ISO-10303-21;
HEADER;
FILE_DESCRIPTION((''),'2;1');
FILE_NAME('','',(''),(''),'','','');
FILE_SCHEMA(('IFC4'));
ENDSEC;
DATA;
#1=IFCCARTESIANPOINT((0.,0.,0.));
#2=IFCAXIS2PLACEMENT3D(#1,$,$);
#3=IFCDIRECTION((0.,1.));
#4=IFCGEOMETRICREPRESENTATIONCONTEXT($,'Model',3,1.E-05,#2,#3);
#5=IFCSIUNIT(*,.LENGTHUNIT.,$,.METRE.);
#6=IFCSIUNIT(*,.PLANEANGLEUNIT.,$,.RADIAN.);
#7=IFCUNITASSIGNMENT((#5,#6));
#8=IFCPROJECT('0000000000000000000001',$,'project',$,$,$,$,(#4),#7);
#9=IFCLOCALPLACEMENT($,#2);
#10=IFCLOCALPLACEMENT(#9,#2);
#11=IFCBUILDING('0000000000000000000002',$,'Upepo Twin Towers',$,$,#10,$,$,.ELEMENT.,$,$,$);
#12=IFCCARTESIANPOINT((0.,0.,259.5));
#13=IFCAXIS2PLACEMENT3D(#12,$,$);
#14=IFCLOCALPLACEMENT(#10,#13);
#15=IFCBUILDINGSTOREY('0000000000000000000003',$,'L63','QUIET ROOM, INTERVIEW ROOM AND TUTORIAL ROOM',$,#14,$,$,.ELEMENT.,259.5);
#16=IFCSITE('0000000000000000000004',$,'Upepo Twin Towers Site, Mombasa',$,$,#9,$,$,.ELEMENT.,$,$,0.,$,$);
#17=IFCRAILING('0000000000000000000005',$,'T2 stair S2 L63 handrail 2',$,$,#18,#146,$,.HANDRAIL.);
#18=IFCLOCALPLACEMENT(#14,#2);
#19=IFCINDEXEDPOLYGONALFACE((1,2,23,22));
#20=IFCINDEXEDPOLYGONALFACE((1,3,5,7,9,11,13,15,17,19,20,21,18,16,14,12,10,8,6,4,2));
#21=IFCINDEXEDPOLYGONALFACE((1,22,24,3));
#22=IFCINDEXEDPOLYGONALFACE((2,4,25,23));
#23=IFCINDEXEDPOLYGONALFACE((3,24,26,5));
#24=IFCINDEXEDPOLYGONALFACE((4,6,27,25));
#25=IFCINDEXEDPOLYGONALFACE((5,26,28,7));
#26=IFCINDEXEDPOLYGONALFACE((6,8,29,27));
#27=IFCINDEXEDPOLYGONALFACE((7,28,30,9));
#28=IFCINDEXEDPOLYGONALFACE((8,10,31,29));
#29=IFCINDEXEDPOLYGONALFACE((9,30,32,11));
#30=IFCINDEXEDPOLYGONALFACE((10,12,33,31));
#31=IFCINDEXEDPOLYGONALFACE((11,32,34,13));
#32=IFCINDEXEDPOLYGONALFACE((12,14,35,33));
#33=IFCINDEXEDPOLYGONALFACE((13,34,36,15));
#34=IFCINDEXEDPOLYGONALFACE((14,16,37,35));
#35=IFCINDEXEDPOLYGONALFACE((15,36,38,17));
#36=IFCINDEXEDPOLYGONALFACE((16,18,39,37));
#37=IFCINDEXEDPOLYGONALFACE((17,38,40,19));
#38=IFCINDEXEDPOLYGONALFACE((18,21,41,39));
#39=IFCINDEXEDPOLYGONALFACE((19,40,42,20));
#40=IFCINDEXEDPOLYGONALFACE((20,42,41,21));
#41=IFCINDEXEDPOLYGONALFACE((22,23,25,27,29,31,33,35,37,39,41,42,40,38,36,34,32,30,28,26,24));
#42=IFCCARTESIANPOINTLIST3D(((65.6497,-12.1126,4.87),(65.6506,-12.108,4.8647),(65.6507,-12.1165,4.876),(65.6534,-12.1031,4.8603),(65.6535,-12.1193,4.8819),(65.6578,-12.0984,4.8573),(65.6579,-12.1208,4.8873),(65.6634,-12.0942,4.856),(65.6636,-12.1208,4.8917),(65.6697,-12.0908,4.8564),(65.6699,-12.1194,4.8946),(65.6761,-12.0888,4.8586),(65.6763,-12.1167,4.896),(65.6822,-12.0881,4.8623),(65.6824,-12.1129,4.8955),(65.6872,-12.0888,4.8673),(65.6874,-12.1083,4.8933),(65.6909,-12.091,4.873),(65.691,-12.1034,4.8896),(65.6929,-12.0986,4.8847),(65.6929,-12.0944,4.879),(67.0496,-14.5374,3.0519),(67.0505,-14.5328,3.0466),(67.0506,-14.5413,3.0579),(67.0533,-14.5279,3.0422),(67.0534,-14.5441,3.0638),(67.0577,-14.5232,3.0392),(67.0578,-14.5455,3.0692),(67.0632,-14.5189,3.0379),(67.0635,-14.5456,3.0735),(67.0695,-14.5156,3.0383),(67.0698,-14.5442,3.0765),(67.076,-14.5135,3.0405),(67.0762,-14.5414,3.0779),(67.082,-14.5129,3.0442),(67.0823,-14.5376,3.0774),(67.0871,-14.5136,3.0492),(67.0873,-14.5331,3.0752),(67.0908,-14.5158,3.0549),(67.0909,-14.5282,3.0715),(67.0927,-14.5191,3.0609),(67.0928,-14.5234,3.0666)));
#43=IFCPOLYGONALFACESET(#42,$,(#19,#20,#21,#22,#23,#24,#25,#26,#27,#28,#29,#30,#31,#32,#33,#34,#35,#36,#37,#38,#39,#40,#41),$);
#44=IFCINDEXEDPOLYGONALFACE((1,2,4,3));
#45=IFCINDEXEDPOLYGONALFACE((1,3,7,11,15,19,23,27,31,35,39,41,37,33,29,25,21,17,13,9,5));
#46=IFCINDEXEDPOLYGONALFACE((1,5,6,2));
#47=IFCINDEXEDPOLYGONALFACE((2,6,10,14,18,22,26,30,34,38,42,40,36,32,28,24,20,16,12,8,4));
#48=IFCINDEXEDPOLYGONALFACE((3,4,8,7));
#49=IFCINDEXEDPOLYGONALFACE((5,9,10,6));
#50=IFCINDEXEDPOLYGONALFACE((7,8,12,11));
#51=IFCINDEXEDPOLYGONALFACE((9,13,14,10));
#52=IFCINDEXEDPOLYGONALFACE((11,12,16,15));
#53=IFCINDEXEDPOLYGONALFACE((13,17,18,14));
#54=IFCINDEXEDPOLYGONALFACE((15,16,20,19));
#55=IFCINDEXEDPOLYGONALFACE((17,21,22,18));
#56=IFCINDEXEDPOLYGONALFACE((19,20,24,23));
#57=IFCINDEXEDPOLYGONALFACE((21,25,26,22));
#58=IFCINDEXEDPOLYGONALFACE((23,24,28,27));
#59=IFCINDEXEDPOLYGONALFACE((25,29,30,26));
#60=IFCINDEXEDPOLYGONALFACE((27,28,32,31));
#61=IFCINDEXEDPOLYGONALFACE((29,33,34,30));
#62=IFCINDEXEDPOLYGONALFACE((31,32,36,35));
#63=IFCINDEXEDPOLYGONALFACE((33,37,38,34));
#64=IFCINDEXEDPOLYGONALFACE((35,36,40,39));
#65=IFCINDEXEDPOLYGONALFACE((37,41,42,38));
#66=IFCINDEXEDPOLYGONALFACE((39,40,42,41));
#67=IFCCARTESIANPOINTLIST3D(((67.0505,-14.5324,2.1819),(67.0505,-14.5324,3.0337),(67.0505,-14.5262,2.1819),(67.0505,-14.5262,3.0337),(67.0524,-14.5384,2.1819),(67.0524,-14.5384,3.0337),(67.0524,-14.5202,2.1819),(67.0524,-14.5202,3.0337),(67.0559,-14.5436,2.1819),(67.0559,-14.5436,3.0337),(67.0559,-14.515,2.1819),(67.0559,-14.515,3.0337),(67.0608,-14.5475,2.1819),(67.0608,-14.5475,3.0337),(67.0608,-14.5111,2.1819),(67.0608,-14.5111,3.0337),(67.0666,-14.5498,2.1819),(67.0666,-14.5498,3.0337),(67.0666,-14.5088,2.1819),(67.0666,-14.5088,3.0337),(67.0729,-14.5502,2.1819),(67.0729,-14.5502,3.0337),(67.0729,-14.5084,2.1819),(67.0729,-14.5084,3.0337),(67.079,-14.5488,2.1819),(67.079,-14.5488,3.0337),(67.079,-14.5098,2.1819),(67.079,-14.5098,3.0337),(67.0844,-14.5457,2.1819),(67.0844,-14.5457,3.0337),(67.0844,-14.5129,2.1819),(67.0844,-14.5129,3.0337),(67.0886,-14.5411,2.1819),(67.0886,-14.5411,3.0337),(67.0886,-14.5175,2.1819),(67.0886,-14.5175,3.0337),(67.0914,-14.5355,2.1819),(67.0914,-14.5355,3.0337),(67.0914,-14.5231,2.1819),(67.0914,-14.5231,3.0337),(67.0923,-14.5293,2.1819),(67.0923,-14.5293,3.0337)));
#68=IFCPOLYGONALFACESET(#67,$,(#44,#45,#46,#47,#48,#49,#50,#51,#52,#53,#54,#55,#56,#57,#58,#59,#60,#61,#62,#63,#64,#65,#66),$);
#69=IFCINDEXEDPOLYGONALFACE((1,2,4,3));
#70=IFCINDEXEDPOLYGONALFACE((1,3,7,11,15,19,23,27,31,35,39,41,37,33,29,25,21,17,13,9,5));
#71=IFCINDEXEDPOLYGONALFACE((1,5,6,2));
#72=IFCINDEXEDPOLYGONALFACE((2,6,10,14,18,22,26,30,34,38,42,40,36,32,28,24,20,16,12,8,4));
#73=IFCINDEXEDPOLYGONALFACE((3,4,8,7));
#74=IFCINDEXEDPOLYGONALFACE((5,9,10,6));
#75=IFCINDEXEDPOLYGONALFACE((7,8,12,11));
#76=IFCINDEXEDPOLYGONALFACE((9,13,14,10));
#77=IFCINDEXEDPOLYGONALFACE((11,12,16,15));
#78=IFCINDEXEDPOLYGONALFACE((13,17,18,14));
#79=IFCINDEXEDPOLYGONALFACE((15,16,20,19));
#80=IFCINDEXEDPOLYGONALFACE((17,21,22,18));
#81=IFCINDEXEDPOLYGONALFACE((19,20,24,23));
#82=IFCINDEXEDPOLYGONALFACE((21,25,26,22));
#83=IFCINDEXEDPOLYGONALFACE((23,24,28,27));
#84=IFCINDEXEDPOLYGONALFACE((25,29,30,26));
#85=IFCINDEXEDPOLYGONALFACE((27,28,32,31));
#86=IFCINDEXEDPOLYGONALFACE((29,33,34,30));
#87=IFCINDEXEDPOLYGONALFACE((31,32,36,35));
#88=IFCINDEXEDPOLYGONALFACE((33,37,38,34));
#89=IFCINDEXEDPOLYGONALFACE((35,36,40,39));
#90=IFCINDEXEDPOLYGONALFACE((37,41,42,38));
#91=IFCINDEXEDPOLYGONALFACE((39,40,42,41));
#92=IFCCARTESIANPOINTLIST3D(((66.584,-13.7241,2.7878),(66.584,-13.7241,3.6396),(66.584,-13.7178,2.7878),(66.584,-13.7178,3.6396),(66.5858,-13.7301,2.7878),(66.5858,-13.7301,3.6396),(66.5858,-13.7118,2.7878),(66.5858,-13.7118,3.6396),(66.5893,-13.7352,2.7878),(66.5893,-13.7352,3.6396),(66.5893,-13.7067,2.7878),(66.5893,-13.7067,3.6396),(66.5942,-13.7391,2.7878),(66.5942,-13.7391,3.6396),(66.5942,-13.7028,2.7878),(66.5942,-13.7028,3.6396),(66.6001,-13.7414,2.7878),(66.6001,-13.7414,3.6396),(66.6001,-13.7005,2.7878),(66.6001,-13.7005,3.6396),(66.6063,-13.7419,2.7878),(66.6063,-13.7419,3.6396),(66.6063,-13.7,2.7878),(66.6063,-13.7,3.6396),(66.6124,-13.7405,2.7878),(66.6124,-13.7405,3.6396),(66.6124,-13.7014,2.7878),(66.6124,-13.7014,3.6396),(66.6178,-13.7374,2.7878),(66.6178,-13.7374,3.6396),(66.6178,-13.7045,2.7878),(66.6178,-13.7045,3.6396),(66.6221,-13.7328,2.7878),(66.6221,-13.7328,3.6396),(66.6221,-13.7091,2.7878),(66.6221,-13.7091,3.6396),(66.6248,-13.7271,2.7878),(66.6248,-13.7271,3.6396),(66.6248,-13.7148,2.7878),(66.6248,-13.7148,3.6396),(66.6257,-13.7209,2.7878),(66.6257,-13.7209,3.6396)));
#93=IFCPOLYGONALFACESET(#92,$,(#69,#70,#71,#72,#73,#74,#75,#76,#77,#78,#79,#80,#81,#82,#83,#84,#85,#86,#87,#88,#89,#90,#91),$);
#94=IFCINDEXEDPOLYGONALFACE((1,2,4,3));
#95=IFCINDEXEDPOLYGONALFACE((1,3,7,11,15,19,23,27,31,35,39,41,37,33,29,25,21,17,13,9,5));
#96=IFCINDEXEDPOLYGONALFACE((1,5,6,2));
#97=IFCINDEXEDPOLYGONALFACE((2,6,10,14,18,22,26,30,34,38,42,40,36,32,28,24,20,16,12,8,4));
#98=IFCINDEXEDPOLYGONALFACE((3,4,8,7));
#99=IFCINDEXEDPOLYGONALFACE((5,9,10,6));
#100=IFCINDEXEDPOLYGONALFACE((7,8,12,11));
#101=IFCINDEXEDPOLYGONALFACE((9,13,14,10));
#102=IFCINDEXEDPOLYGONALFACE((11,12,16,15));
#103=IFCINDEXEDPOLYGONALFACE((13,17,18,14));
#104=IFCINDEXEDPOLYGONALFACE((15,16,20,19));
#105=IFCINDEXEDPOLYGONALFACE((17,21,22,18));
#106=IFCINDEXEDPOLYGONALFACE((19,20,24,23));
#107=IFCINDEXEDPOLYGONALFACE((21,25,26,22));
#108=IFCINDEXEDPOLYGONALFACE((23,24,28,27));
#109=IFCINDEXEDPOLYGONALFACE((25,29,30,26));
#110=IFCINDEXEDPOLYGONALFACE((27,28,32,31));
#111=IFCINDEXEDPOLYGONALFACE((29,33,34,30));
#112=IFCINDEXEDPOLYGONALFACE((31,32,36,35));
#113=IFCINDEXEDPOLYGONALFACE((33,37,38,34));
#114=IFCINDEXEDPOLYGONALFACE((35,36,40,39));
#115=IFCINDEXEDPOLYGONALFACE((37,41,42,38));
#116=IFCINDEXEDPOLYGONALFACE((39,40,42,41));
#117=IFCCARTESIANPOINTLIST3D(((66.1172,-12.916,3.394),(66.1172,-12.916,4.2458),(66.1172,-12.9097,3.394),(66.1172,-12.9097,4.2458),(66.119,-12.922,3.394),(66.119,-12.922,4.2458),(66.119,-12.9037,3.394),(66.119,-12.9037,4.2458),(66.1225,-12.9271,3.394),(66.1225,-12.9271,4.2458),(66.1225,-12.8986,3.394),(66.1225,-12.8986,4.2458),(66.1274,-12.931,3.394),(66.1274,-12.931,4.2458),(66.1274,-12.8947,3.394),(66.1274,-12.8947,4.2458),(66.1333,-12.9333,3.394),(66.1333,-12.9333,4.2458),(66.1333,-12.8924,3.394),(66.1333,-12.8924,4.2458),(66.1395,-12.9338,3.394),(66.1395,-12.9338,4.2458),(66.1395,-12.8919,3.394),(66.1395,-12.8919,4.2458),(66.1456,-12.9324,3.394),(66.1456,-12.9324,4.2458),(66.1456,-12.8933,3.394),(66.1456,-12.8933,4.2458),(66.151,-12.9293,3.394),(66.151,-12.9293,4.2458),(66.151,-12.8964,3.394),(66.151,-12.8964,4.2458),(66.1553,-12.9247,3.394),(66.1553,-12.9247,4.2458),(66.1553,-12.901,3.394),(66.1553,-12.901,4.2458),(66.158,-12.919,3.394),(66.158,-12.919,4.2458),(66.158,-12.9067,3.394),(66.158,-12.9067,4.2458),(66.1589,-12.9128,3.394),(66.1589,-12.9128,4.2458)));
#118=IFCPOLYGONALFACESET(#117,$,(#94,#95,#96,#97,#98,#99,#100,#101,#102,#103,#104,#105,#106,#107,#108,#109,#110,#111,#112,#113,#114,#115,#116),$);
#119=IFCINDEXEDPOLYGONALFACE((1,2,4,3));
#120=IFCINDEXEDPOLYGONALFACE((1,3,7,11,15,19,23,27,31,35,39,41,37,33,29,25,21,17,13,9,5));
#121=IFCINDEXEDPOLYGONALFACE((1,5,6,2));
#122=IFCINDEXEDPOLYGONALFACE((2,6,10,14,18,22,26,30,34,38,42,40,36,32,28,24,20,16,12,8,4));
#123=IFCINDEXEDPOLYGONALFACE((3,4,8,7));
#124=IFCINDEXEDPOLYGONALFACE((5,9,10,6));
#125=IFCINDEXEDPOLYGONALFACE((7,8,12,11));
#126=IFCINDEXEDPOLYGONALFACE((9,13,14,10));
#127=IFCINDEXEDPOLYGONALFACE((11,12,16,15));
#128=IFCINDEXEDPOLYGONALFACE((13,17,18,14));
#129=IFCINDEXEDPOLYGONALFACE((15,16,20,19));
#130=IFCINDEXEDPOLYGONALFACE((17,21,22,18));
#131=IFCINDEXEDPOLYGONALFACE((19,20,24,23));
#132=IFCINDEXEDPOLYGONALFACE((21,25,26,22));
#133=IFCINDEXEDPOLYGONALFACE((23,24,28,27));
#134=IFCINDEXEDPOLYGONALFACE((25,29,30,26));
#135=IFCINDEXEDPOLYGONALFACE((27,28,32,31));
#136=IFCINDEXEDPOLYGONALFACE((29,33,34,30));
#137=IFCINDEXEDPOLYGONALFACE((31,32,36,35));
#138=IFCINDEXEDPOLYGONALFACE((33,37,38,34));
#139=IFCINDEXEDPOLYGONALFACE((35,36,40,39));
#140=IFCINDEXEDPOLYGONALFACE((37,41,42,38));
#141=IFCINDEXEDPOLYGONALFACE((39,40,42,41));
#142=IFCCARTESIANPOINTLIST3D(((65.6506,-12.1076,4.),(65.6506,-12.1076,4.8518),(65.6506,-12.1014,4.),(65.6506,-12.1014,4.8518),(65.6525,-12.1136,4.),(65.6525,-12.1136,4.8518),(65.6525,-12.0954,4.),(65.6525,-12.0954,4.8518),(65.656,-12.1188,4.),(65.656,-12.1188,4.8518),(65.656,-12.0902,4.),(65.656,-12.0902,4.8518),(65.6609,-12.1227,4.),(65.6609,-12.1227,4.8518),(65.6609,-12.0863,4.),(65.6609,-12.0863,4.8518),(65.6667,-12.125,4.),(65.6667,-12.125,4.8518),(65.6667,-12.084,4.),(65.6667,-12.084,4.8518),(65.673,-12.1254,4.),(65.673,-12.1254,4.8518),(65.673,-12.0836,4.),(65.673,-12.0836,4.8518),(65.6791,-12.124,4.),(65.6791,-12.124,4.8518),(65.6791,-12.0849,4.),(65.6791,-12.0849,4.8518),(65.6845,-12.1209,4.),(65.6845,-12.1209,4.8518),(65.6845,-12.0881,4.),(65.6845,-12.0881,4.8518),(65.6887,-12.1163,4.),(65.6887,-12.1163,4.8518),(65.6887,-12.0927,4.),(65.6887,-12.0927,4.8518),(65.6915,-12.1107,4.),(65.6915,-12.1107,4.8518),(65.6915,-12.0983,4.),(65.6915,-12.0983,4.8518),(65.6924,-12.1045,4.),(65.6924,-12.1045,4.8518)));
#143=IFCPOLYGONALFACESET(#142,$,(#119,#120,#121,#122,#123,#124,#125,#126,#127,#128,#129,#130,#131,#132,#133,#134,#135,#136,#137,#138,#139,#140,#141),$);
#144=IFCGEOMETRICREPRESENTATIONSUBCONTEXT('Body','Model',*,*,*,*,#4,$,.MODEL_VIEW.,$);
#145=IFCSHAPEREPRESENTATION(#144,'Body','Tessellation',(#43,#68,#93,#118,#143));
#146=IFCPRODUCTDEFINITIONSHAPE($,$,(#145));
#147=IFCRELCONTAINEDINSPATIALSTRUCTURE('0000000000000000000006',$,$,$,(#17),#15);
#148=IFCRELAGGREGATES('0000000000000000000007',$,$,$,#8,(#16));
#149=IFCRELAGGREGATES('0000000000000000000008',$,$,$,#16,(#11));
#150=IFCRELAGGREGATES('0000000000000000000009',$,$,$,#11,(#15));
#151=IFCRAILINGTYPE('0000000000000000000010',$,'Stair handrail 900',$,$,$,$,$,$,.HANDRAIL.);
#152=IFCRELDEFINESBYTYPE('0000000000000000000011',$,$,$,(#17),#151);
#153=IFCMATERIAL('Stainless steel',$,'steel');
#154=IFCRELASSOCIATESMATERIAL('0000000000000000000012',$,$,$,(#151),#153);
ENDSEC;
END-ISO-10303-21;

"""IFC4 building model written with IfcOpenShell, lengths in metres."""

from ifc_helpers import new_model, si_unit, direction, frame, origin, origin_2d, place, context, subcontext, project, spatial, circle, extrude, material, type_object, element, save


model = new_model("IFC4")

# Units and contexts
model_context = context("Model", 3, precision=1e-05, world=origin(), true_north=direction((0.0, 1.0)))
body_context = subcontext(model_context, "Body", "Model", "MODEL_VIEW")
ifc_project = project(units=[si_unit("LENGTHUNIT", "METRE"), si_unit("PLANEANGLEUNIT", "RADIAN")], contexts=[model_context])

# Site, building, storey
site_placement = place(None, origin())
site = spatial("IfcSite", under=ifc_project, at=site_placement, Name="Upepo Twin Towers Site, Mombasa", CompositionType="ELEMENT", RefElevation=0.0)
building_placement = place(site_placement, origin())
building = spatial("IfcBuilding", under=site, at=building_placement, Name="Upepo Twin Towers", CompositionType="ELEMENT")
storey_placement = place(building_placement, frame((0.0, 0.0, 259.5)))
storey = spatial("IfcBuildingStorey", under=building, at=storey_placement, Name="L63", Description="QUIET ROOM, INTERVIEW ROOM AND TUTORIAL ROOM", CompositionType="ELEMENT", Elevation=259.5)

# Railing
ifc_material_1 = material(Name="Stainless steel", Category="steel")
railing_type = type_object("IfcRailingType", Name="Stair handrail 900", PredefinedType="HANDRAIL", material=ifc_material_1)
railing_1_placement = place(storey_placement, frame((67.0713, -14.5293, 2.1819)))
element("IfcRailing", 1, at=railing_1_placement, inside=storey, type_object=railing_type, Name="T2 stair S2 L63 handrail 2", PredefinedType="HANDRAIL", context=body_context, shape_type="SweptSolid", body=[
    extrude(circle(Radius=0.0239, at=origin_2d()), frame((0.0, 0.0, 0.876), z_axis=(-0.419333, 0.726336, 0.544606), x_axis=(-0.866035, -0.499984, 0.0)), (0.0, 0.0, 1.0), 3.3384),
    extrude(circle(Radius=0.021, at=origin_2d()), origin(), (0.0, 0.0, 1.0), 0.8518),
    extrude(circle(Radius=0.021, at=origin_2d()), frame((-0.4666, 0.8083, 0.606)), (0.0, 0.0, 1.0), 0.8518),
    extrude(circle(Radius=0.021, at=origin_2d()), frame((-0.9333, 1.6165, 1.2122)), (0.0, 0.0, 1.0), 0.8518),
    extrude(circle(Radius=0.021, at=origin_2d()), frame((-1.3999, 2.4248, 1.8181)), (0.0, 0.0, 1.0), 0.8518),
])

save(model, "model.ifc")
